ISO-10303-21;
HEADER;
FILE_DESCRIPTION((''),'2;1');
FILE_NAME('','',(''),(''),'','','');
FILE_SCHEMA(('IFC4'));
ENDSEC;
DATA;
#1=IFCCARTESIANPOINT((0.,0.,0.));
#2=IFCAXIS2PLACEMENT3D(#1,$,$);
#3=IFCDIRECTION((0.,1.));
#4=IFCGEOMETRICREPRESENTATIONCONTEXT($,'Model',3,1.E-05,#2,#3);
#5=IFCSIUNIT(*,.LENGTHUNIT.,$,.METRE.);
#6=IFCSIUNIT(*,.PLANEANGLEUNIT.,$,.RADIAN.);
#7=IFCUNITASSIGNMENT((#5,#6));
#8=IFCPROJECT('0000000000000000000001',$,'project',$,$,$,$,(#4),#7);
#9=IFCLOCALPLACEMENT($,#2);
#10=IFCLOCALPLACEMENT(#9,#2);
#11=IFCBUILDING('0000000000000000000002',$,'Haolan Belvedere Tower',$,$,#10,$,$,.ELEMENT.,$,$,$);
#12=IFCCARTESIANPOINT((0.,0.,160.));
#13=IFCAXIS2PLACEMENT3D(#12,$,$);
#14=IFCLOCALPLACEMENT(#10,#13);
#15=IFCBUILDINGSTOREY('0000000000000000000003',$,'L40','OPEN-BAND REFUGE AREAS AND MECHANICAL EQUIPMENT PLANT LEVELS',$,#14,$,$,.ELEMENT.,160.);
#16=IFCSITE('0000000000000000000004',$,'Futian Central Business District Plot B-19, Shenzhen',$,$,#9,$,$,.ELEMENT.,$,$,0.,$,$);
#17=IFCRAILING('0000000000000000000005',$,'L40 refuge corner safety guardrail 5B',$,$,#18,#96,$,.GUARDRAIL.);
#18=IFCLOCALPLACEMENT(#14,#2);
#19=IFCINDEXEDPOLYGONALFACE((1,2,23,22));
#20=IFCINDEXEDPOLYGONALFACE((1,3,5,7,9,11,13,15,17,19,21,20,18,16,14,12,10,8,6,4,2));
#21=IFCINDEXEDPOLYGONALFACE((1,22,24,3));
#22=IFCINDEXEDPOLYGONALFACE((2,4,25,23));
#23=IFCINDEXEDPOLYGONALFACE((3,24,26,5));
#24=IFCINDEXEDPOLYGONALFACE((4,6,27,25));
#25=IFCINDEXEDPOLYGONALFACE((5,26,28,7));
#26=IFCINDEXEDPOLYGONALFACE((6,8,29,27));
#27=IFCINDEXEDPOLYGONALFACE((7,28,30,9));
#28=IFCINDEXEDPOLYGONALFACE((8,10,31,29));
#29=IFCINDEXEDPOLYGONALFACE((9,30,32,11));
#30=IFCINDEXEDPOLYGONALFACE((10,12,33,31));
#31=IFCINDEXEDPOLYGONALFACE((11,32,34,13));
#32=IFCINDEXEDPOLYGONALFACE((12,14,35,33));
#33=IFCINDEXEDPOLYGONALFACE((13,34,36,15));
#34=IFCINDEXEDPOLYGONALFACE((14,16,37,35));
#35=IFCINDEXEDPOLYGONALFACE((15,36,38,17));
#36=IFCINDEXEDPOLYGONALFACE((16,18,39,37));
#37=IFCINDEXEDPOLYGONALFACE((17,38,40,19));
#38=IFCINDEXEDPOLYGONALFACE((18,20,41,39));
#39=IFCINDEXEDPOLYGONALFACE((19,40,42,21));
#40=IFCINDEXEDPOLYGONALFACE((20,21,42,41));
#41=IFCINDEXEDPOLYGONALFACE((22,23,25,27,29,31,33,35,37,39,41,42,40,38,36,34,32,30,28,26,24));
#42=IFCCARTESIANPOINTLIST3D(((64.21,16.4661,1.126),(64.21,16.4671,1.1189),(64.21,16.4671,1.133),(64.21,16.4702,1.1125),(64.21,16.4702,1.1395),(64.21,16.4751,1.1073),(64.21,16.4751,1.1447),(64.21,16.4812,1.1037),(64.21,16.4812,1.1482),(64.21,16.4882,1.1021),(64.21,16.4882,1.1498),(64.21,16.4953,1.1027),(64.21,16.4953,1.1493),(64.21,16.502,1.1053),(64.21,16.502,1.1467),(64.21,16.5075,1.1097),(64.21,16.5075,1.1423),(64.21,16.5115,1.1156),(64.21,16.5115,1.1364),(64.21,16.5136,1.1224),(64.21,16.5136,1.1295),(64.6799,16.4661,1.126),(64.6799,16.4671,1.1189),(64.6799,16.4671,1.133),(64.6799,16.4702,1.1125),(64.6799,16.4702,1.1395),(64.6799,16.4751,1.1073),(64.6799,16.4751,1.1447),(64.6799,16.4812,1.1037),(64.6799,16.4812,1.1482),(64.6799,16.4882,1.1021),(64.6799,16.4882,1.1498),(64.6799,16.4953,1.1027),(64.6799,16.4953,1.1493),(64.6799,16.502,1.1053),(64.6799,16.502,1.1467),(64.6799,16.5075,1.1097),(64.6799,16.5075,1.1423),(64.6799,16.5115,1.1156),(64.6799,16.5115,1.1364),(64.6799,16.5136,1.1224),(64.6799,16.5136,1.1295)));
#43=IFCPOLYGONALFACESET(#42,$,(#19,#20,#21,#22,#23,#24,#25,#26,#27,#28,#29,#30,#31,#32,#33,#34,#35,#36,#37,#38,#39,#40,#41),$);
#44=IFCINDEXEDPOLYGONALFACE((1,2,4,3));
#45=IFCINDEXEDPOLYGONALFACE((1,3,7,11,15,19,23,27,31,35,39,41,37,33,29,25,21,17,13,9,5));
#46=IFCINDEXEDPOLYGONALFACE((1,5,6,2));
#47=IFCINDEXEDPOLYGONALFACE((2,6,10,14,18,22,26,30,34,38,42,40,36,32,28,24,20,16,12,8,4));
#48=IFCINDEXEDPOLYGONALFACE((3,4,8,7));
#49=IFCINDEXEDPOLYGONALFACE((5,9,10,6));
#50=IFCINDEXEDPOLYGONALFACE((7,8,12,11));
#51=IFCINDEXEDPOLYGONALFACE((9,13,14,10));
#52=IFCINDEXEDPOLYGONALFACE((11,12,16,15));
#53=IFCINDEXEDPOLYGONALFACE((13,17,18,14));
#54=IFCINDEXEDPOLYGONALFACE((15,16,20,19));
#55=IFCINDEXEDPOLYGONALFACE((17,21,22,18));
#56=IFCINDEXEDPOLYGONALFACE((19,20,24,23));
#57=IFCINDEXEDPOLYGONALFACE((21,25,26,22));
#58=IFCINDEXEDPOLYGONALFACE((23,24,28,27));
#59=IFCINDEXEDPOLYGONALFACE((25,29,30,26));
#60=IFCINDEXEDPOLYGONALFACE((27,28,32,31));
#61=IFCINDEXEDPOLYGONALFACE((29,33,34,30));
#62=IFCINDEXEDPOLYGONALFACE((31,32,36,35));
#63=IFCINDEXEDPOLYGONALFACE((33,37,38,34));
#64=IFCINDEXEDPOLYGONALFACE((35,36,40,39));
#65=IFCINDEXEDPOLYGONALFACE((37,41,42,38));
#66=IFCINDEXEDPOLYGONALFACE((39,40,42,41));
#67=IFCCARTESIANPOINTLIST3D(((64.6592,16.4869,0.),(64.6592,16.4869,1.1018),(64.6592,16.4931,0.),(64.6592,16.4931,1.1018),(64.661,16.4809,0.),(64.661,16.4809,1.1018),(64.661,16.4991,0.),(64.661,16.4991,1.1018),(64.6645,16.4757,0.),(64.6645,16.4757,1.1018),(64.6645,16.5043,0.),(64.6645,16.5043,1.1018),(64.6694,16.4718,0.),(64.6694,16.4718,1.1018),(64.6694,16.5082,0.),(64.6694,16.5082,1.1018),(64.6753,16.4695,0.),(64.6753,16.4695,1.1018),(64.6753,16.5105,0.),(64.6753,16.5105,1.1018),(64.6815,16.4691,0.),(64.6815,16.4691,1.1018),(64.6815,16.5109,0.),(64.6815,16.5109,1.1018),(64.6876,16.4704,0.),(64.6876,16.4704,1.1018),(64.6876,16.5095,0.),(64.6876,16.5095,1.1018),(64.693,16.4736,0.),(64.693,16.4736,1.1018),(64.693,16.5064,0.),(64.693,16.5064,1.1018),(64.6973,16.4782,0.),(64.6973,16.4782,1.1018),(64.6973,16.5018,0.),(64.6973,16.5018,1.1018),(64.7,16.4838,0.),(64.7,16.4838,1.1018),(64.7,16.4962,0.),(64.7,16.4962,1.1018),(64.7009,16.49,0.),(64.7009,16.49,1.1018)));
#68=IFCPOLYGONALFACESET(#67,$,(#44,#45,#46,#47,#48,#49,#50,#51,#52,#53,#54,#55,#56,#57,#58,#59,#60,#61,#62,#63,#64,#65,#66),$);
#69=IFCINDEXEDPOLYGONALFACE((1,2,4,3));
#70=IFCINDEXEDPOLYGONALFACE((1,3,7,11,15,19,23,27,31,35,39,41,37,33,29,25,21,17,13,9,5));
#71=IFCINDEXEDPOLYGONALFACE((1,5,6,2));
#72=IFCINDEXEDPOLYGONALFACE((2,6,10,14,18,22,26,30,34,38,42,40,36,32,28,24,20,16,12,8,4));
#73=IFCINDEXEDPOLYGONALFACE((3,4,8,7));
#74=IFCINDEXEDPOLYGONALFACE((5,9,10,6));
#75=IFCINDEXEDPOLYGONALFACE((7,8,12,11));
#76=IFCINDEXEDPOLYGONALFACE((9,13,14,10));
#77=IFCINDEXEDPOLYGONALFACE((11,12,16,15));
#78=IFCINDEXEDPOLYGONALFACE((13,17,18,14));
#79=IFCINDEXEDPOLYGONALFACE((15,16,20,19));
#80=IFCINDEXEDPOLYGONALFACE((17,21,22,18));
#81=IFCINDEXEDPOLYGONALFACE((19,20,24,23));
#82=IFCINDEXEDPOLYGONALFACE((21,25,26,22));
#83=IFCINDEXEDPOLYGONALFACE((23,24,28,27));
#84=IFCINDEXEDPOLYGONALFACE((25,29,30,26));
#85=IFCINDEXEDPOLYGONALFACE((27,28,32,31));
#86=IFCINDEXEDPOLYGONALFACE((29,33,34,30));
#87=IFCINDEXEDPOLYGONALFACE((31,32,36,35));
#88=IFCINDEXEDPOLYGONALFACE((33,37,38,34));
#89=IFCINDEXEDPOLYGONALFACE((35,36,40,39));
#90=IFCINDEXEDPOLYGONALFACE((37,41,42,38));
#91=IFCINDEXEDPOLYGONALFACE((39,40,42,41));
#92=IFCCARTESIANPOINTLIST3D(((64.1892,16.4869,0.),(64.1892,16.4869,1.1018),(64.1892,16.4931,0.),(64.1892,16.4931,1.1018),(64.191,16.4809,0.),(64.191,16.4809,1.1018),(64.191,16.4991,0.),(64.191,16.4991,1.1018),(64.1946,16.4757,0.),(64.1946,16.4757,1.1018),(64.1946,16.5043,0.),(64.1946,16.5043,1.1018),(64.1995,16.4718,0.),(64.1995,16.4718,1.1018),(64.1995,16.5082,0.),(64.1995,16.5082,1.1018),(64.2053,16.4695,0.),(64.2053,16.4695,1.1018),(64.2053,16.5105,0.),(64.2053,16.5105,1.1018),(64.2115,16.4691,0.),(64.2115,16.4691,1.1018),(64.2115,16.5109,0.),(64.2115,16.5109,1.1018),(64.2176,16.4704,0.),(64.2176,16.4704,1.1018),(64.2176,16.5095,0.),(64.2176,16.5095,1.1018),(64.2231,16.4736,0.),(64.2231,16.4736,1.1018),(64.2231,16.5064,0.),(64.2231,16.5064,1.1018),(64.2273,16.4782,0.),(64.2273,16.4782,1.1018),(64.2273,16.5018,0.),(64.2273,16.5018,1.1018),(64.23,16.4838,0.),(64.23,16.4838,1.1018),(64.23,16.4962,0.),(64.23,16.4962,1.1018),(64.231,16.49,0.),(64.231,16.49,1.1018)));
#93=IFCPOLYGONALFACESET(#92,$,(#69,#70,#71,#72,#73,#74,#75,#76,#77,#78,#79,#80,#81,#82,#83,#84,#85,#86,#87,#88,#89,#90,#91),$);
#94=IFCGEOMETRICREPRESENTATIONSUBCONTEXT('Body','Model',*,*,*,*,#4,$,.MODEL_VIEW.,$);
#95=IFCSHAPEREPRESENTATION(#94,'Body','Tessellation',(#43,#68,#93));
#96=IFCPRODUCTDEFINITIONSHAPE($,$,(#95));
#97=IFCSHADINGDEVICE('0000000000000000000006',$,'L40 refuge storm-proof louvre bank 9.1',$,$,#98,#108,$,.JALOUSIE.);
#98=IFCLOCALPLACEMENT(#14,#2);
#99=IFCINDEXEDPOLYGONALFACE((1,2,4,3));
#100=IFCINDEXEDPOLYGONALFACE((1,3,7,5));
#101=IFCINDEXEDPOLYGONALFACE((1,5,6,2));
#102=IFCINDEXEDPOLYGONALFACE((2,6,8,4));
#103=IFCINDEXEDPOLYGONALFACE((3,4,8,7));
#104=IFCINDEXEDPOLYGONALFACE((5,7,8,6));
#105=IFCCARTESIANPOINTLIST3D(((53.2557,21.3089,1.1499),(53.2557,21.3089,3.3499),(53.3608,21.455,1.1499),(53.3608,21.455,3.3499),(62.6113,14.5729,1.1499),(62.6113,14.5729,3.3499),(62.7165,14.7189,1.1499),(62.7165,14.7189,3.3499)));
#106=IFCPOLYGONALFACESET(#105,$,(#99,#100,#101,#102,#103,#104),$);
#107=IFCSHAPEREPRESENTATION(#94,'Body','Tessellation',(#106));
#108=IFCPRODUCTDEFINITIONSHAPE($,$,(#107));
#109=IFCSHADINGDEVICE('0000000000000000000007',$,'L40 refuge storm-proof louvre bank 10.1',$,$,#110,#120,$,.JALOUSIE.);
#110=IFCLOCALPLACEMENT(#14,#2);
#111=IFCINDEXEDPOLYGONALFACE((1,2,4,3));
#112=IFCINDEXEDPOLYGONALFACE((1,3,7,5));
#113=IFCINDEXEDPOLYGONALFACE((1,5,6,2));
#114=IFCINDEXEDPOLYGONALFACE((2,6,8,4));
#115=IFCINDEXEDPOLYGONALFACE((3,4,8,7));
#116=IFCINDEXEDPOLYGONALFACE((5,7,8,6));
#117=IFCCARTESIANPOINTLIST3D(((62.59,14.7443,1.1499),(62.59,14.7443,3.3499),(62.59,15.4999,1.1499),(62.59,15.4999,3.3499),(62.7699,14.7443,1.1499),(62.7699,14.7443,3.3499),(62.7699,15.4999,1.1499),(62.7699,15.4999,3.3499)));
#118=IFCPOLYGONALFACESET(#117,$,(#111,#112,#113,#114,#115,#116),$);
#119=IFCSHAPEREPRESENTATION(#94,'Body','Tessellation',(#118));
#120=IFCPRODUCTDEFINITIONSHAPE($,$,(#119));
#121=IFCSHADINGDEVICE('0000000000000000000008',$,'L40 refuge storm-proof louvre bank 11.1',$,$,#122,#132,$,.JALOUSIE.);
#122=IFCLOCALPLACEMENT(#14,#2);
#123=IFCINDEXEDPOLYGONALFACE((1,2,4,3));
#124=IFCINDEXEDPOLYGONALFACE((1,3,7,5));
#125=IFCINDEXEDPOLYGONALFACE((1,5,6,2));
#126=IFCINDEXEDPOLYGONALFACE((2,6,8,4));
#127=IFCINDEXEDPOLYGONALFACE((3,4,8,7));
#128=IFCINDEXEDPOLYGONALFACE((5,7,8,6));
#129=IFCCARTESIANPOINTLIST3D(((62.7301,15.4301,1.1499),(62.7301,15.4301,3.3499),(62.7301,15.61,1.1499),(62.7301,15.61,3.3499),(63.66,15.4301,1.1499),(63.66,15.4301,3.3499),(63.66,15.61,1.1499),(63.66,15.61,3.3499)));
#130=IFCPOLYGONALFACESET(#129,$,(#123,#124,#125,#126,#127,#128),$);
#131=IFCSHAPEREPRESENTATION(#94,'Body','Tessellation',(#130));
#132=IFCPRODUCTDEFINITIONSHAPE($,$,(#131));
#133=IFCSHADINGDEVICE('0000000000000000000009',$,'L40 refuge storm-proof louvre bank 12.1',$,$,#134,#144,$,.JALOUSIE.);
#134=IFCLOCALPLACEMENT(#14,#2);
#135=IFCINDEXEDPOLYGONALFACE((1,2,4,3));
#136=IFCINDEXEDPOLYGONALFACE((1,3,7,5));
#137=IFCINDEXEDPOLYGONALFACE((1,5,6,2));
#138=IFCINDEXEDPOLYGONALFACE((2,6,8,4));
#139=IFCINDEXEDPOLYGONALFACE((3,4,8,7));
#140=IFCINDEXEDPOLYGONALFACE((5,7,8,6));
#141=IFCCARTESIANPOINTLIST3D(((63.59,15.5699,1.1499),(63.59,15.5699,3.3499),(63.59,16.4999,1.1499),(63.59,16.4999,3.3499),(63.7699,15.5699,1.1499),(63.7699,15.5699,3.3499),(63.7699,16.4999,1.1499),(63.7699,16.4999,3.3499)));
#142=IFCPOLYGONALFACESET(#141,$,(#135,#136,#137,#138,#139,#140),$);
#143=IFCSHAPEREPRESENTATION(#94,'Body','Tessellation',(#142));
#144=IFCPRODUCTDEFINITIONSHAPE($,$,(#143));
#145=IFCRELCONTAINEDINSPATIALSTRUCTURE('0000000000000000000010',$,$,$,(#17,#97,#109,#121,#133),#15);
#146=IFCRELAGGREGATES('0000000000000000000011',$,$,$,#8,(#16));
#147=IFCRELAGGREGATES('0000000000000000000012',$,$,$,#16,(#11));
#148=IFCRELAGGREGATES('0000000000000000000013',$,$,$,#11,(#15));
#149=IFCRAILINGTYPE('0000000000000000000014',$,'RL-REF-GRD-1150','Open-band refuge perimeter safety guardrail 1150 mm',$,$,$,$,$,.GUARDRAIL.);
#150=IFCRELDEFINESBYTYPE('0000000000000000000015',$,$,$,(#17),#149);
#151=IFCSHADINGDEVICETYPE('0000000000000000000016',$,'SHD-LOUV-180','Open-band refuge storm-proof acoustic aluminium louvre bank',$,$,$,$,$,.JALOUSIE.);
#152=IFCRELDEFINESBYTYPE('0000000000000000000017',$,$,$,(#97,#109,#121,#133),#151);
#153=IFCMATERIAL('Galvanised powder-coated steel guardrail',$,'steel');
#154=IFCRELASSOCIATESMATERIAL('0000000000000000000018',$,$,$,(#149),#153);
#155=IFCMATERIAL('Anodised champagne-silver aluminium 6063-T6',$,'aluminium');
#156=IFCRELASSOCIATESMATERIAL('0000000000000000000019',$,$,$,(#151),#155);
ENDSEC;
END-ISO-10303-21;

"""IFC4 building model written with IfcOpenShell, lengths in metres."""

from ifc_helpers import new_model, si_unit, direction, frame, origin, origin_2d, place, context, subcontext, project, spatial, rectangle, circle, extrude, material, type_object, element, save


model = new_model("IFC4")

# Units and contexts
model_context = context("Model", 3, precision=1e-05, world=origin(), true_north=direction((0.0, 1.0)))
body_context = subcontext(model_context, "Body", "Model", "MODEL_VIEW")
ifc_project = project(units=[si_unit("LENGTHUNIT", "METRE"), si_unit("PLANEANGLEUNIT", "RADIAN")], contexts=[model_context])

# Site, building, storey
site_placement = place(None, origin())
site = spatial("IfcSite", under=ifc_project, at=site_placement, Name="Futian Central Business District Plot B-19, Shenzhen", CompositionType="ELEMENT", RefElevation=0.0)
building_placement = place(site_placement, origin())
building = spatial("IfcBuilding", under=site, at=building_placement, Name="Haolan Belvedere Tower", CompositionType="ELEMENT")
storey_placement = place(building_placement, frame((0.0, 0.0, 160.0)))
storey = spatial("IfcBuildingStorey", under=building, at=storey_placement, Name="L40", Description="OPEN-BAND REFUGE AREAS AND MECHANICAL EQUIPMENT PLANT LEVELS", CompositionType="ELEMENT", Elevation=160.0)

# Railing
ifc_material_1 = material(Name="Galvanised powder-coated steel guardrail", Category="steel")
railing_type = type_object("IfcRailingType", Name="RL-REF-GRD-1150", Description="Open-band refuge perimeter safety guardrail 1150 mm", PredefinedType="GUARDRAIL", material=ifc_material_1)
railing_1_placement = place(storey_placement, frame((64.6799, 16.49, 0.0)))
element("IfcRailing", 1, at=railing_1_placement, inside=storey, type_object=railing_type, Name="L40 refuge corner safety guardrail 5B", PredefinedType="GUARDRAIL", context=body_context, shape_type="SweptSolid", body=[
    extrude(circle(Radius=0.0239, at=origin_2d()), frame((0.0, 0.0, 1.126), z_axis=(-1.0, 0.0, 0.0), x_axis=(0.0, -1.0, 0.0)), (0.0, 0.0, 1.0), 0.47),
    extrude(circle(Radius=0.021, at=origin_2d()), origin(), (0.0, 0.0, 1.0), 1.1018),
    extrude(circle(Radius=0.021, at=origin_2d()), frame((-0.47, 0.0, 0.0)), (0.0, 0.0, 1.0), 1.1018),
])

# Shading devices
ifc_material_2 = material(Name="Anodised champagne-silver aluminium 6063-T6", Category="aluminium")
shading_device_type = type_object("IfcShadingDeviceType", Name="SHD-LOUV-180", Description="Open-band refuge storm-proof acoustic aluminium louvre bank", PredefinedType="JALOUSIE", material=ifc_material_2)
shading_device_1_placement = place(storey_placement, frame((57.9861, 18.0139, 1.1499), z_axis=(0.0, 0.0, 1.0), x_axis=(0.811533, -0.584306, 0.0)))
element("IfcShadingDevice", 2, at=shading_device_1_placement, inside=storey, type_object=shading_device_type, Name="L40 refuge storm-proof louvre bank 9.1", PredefinedType="JALOUSIE", context=body_context, shape_type="SweptSolid", body=[
    extrude(rectangle(XDim=11.5283, YDim=0.1799, at=origin_2d()), origin(), (0.0, 0.0, 1.0), 2.2),
])
shading_device_2_placement = place(storey_placement, frame((62.6799, 15.1221, 1.1499), z_axis=(0.0, 0.0, 1.0), x_axis=(0.0, 1.0, 0.0)))
element("IfcShadingDevice", 3, at=shading_device_2_placement, inside=storey, type_object=shading_device_type, Name="L40 refuge storm-proof louvre bank 10.1", PredefinedType="JALOUSIE", context=body_context, shape_type="SweptSolid", body=[
    extrude(rectangle(XDim=0.7556, YDim=0.1799, at=origin_2d()), origin(), (0.0, 0.0, 1.0), 2.2),
])
for number, where, z_axis, x_axis, name in (
    (4, (63.1951, 15.52, 1.1499), (0.0, 0.0, 1.0), (1.0, 0.0, 0.0), "L40 refuge storm-proof louvre bank 11.1"),
    (5, (63.6799, 16.0349, 1.1499), (0.0, 0.0, 1.0), (0.0, 1.0, 0.0), "L40 refuge storm-proof louvre bank 12.1"),
):
    element("IfcShadingDevice", number, at=place(storey_placement, frame(where, z_axis=z_axis, x_axis=x_axis)), inside=storey, type_object=shading_device_type, Name=name, PredefinedType="JALOUSIE", context=body_context, shape_type="SweptSolid", body=[
        extrude(rectangle(XDim=0.9299, YDim=0.1799, at=origin_2d()), origin(), (0.0, 0.0, 1.0), 2.2),
    ])

save(model, "model.ifc")
